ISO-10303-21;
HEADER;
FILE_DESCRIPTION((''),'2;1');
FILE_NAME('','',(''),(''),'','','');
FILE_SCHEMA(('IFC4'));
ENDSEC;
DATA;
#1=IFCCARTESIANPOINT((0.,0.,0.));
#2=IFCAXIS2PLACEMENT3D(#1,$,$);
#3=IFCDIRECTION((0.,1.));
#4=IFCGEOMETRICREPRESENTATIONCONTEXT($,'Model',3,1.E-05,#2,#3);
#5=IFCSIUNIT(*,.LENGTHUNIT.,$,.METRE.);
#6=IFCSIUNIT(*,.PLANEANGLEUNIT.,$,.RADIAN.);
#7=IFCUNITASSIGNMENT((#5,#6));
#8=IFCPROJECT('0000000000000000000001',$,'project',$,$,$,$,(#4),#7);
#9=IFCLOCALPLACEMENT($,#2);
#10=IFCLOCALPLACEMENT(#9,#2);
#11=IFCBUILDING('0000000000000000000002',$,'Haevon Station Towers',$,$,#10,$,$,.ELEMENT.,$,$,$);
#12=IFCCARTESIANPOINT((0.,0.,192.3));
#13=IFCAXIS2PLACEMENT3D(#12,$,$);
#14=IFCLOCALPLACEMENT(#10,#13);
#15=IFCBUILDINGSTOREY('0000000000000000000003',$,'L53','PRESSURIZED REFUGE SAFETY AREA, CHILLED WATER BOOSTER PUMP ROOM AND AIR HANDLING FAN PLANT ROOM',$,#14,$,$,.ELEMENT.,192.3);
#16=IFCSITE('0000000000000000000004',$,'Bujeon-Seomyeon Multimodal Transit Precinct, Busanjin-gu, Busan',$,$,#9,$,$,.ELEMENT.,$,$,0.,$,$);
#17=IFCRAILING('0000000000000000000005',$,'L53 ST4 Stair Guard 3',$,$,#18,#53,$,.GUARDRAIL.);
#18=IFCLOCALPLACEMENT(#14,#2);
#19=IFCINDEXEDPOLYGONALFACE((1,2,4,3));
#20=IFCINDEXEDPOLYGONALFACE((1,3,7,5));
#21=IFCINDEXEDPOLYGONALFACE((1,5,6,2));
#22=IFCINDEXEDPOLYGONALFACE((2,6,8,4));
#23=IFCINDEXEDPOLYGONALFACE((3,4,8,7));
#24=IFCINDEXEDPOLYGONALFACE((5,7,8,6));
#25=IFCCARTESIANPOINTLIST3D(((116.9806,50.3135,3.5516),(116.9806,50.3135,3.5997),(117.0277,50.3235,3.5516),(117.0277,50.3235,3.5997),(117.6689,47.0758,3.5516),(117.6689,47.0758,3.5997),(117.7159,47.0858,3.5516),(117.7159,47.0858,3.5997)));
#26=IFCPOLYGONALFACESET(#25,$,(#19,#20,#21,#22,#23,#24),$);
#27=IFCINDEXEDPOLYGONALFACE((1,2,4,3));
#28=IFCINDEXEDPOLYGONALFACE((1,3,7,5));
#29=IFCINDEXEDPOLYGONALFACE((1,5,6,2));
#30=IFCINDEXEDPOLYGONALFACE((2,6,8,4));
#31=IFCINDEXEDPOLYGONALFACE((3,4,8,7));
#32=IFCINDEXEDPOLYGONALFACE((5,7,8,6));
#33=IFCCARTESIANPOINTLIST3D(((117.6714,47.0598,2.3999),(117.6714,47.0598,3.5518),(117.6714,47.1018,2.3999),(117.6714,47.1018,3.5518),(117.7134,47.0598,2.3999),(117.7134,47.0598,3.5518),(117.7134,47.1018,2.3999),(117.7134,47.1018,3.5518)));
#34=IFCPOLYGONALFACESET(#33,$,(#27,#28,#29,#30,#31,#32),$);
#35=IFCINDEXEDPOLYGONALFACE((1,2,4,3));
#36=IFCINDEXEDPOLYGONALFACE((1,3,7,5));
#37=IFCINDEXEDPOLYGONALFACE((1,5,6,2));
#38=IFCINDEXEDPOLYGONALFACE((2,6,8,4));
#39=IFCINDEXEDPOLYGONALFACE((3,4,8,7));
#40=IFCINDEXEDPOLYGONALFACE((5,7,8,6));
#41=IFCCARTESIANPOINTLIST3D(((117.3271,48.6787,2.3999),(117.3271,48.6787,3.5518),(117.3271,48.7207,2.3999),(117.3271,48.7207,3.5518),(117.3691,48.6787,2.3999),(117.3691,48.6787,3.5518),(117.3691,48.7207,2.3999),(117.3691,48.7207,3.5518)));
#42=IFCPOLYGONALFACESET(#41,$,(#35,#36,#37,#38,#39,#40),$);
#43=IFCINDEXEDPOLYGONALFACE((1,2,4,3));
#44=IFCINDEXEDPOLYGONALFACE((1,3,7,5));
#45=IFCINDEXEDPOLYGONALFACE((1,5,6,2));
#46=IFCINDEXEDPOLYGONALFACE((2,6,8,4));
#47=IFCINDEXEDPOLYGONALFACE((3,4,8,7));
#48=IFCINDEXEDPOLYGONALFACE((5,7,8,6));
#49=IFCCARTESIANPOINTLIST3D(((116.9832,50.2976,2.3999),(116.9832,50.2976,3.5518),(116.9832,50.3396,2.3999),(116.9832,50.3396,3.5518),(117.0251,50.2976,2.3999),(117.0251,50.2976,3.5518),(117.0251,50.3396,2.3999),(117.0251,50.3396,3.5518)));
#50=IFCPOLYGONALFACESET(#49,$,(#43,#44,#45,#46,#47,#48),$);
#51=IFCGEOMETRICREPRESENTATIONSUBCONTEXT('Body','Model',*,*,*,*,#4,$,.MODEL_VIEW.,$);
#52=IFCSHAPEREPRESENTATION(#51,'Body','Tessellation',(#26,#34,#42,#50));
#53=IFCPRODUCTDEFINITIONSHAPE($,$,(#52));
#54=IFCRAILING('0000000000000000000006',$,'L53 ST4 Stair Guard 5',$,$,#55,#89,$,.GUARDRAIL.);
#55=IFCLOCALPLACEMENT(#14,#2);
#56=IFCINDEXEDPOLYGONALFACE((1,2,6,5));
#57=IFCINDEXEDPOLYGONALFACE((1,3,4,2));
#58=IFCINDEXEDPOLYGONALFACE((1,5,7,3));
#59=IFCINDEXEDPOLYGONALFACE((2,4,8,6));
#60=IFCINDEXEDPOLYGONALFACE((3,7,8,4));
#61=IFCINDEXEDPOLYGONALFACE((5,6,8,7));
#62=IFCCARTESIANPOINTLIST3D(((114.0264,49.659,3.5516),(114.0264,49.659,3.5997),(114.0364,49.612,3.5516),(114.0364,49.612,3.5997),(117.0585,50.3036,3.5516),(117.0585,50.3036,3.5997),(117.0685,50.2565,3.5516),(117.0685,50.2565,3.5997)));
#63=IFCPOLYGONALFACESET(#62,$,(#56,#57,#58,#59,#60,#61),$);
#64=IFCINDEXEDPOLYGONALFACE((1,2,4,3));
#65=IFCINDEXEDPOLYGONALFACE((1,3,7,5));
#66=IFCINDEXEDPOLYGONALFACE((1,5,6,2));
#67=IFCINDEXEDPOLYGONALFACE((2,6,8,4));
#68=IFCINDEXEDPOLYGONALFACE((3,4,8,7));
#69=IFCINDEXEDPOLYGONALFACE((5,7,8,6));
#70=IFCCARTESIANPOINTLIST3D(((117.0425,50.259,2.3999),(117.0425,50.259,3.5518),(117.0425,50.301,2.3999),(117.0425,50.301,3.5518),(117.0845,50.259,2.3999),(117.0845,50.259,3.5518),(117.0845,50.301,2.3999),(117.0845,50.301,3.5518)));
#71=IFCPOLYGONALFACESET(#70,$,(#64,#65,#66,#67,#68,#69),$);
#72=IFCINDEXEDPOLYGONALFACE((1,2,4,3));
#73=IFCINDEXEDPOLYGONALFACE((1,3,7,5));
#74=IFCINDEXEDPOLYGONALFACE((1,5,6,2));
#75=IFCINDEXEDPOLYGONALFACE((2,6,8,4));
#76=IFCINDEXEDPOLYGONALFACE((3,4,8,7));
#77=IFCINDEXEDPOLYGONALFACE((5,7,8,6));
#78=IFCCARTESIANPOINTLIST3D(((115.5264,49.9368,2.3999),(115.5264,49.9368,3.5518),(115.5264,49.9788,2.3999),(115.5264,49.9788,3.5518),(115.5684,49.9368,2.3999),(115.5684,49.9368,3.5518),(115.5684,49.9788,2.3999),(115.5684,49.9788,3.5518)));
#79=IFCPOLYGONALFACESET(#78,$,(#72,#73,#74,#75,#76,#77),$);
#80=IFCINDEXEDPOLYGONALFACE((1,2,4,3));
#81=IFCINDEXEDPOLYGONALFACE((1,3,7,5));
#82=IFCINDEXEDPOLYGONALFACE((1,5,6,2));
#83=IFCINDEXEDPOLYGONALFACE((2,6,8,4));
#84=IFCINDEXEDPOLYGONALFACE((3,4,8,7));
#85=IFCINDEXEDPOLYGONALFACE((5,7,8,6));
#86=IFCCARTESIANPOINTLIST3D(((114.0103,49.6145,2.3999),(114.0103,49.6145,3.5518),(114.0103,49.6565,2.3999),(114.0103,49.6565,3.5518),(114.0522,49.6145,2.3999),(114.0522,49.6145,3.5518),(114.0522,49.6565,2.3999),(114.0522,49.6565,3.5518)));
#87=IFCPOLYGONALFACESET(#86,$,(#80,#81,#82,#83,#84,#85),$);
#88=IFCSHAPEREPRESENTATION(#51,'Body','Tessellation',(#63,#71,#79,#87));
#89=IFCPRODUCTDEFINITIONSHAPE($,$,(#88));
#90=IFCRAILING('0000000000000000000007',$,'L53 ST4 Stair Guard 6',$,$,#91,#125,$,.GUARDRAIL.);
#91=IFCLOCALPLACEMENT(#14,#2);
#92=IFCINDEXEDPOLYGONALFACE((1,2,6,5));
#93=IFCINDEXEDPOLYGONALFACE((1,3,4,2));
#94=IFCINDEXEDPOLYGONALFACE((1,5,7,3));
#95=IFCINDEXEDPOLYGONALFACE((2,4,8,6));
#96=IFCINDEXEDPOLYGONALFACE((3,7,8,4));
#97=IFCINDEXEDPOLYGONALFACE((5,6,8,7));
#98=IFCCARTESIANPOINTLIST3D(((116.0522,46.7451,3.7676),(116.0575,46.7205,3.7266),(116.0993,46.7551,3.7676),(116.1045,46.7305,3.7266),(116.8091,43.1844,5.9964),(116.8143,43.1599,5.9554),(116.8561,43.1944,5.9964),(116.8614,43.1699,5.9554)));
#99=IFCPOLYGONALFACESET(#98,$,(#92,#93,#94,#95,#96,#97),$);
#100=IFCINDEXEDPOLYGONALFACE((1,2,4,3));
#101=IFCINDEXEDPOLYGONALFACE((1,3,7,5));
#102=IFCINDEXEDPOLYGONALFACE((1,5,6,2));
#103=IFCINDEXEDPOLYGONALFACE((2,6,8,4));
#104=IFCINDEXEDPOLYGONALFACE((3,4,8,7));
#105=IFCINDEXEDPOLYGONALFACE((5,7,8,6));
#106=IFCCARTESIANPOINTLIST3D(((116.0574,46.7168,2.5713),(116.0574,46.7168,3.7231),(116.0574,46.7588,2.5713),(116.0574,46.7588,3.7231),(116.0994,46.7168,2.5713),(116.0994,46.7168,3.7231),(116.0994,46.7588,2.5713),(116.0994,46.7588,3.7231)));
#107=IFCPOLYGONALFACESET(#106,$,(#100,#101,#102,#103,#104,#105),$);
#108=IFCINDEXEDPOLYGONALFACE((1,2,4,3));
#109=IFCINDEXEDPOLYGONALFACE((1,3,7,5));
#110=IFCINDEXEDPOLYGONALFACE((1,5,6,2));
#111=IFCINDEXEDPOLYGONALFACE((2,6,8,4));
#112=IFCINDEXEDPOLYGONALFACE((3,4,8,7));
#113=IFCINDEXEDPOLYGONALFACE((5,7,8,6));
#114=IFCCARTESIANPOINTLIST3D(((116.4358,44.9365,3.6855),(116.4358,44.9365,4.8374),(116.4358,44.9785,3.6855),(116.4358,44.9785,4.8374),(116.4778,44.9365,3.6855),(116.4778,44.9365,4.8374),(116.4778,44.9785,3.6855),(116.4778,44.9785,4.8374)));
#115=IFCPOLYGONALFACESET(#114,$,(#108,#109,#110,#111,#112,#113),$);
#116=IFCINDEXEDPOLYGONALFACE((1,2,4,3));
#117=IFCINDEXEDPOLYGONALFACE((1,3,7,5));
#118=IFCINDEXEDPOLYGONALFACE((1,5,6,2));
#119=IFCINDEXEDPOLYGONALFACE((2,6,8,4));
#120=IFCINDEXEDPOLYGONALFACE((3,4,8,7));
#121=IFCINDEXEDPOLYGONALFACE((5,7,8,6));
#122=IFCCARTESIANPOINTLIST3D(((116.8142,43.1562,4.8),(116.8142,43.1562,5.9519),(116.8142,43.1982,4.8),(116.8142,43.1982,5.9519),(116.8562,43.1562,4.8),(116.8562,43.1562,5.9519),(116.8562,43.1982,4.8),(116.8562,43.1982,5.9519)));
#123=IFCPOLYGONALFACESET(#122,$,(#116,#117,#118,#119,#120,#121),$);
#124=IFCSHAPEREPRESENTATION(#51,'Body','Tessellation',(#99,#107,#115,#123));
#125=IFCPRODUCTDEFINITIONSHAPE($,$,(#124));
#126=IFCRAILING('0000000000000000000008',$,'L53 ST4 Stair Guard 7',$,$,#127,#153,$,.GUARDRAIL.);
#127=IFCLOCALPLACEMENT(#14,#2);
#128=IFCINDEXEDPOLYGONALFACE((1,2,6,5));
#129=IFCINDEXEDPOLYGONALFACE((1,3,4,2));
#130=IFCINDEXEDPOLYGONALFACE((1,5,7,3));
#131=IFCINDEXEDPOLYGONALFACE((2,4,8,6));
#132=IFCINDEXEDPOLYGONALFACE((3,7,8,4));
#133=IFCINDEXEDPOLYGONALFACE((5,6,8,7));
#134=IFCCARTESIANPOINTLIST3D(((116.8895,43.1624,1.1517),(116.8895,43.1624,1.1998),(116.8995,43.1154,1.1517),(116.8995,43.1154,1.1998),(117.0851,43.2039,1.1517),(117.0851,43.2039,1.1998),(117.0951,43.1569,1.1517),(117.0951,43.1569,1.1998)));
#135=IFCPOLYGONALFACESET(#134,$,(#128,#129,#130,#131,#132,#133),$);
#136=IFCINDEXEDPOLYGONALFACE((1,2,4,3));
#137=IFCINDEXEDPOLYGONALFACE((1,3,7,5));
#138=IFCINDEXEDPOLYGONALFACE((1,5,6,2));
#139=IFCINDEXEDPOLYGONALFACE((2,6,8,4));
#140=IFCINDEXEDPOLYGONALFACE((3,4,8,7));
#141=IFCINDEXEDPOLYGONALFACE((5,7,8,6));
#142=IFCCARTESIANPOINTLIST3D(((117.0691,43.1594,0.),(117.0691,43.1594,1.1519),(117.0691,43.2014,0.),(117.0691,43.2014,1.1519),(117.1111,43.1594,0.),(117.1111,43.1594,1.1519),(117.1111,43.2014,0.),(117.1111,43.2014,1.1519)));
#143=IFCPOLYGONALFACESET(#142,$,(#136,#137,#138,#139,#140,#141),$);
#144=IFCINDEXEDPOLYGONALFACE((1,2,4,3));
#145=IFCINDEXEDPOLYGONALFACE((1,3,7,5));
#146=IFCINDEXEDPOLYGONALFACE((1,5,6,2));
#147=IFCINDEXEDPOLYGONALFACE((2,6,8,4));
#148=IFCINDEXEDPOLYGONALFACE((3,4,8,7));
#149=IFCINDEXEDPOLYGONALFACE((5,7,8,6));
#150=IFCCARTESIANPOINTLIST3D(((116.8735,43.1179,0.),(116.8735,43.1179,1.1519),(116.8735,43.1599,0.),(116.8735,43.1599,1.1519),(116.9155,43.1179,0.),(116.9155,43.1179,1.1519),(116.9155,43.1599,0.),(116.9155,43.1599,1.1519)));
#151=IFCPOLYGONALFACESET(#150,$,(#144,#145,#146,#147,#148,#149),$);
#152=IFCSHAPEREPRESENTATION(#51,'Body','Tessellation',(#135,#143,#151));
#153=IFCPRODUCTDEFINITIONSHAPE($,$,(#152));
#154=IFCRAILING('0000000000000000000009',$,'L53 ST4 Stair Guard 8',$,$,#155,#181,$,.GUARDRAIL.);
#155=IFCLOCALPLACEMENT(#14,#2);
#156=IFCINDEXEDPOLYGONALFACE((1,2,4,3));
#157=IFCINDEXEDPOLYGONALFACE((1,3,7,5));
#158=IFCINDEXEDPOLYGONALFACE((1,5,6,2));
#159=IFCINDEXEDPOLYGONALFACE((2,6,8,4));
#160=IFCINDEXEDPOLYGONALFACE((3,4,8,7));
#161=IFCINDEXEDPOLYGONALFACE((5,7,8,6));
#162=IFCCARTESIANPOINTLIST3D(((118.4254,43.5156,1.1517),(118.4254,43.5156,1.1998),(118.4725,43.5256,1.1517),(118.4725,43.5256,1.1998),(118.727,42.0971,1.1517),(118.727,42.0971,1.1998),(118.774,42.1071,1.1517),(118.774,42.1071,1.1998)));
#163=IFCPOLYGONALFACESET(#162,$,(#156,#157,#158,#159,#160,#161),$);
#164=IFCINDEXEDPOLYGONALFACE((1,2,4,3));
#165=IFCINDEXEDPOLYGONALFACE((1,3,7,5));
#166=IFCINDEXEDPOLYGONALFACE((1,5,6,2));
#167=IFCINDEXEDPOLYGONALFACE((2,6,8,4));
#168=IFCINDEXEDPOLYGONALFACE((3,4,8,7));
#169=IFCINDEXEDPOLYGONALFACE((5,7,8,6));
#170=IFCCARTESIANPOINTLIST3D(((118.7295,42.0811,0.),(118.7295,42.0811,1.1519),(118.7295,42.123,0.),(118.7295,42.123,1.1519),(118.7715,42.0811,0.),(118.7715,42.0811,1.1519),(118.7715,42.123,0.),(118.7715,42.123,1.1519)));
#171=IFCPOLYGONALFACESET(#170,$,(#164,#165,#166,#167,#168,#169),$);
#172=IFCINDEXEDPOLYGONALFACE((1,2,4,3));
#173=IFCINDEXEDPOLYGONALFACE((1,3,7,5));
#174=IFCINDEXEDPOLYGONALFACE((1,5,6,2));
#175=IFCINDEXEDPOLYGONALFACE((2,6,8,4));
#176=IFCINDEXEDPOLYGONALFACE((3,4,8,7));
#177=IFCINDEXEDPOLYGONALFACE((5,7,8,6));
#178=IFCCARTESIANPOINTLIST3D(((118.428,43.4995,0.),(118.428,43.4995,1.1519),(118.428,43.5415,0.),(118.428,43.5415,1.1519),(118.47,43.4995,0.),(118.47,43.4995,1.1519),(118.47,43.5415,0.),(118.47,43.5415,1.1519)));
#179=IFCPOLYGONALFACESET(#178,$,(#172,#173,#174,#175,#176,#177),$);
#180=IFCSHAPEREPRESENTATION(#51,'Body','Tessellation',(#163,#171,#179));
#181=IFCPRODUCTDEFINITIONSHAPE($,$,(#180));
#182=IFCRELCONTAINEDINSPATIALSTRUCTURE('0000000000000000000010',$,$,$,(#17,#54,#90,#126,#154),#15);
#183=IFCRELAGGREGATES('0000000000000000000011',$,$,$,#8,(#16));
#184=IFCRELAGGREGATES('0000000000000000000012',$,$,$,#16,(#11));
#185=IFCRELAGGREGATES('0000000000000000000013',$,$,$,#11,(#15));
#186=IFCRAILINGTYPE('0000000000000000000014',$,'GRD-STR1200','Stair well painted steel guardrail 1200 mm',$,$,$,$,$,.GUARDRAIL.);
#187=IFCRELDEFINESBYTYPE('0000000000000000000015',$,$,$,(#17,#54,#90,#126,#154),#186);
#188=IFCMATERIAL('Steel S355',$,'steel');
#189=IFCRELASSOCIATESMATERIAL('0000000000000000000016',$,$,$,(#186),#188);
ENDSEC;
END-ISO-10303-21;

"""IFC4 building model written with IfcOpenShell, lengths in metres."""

from ifc_helpers import new_model, si_unit, direction, frame, origin, origin_2d, place, context, subcontext, project, spatial, rectangle, extrude, material, type_object, element, save


model = new_model("IFC4")

# Units and contexts
model_context = context("Model", 3, precision=1e-05, world=origin(), true_north=direction((0.0, 1.0)))
body_context = subcontext(model_context, "Body", "Model", "MODEL_VIEW")
ifc_project = project(units=[si_unit("LENGTHUNIT", "METRE"), si_unit("PLANEANGLEUNIT", "RADIAN")], contexts=[model_context])

# Site, building, storey
site_placement = place(None, origin())
site = spatial("IfcSite", under=ifc_project, at=site_placement, Name="Bujeon-Seomyeon Multimodal Transit Precinct, Busanjin-gu, Busan", CompositionType="ELEMENT", RefElevation=0.0)
building_placement = place(site_placement, origin())
building = spatial("IfcBuilding", under=site, at=building_placement, Name="Haevon Station Towers", CompositionType="ELEMENT")
storey_placement = place(building_placement, frame((0.0, 0.0, 192.3)))
storey = spatial("IfcBuildingStorey", under=building, at=storey_placement, Name="L53", Description="PRESSURIZED REFUGE SAFETY AREA, CHILLED WATER BOOSTER PUMP ROOM AND AIR HANDLING FAN PLANT ROOM", CompositionType="ELEMENT", Elevation=192.3)

# Shared definitions
ifc_material_1 = material(Name="Steel S355", Category="steel")

# Railings
railing_type_1 = type_object("IfcRailingType", Name="GRD-STR1200", Description="Stair well painted steel guardrail 1200 mm", PredefinedType="GUARDRAIL", material=ifc_material_1)
railing_1_placement = place(storey_placement, frame((117.6924, 47.0808, 2.3999)))
element("IfcRailing", 1, at=railing_1_placement, inside=storey, type_object=railing_type_1, Name="L53 ST4 Stair Guard 3", PredefinedType="GUARDRAIL", context=body_context, shape_type="SweptSolid", body=[
    extrude(rectangle(XDim=0.0481, YDim=0.0481, at=origin_2d()), frame((0.0, 0.0, 1.1758), z_axis=(-0.207917, 0.978146, 0.0), x_axis=(-0.978146, -0.207917, 0.0)), (0.0, 0.0, 1.0), 3.3101),
    extrude(rectangle(XDim=0.042, YDim=0.042, at=origin_2d()), origin(), (0.0, 0.0, 1.0), 1.1519),
    extrude(rectangle(XDim=0.042, YDim=0.042, at=origin_2d()), frame((-0.3442, 1.6189, 0.0)), (0.0, 0.0, 1.0), 1.1519),
    extrude(rectangle(XDim=0.042, YDim=0.042, at=origin_2d()), frame((-0.6882, 3.2378, 0.0)), (0.0, 0.0, 1.0), 1.1519),
])
railing_2_placement = place(storey_placement, frame((117.0635, 50.28, 2.3999)))
element("IfcRailing", 2, at=railing_2_placement, inside=storey, type_object=railing_type_1, Name="L53 ST4 Stair Guard 5", PredefinedType="GUARDRAIL", context=body_context, shape_type="SweptSolid", body=[
    extrude(rectangle(XDim=0.0481, YDim=0.0481, at=origin_2d()), frame((0.0, 0.0, 1.1758), z_axis=(-0.978147, -0.207915, 0.0), x_axis=(0.207915, -0.978147, 0.0)), (0.0, 0.0, 1.0), 3.0999),
    extrude(rectangle(XDim=0.042, YDim=0.042, at=origin_2d()), origin(), (0.0, 0.0, 1.0), 1.1519),
    extrude(rectangle(XDim=0.042, YDim=0.042, at=origin_2d()), frame((-1.5161, -0.3223, 0.0)), (0.0, 0.0, 1.0), 1.1519),
    extrude(rectangle(XDim=0.042, YDim=0.042, at=origin_2d()), frame((-3.0322, -0.6445, 0.0)), (0.0, 0.0, 1.0), 1.1519),
])
railing_3_placement = place(storey_placement, frame((116.0784, 46.7378, 2.5713)))
element("IfcRailing", 3, at=railing_3_placement, inside=storey, type_object=railing_type_1, Name="L53 ST4 Stair Guard 6", PredefinedType="GUARDRAIL", context=body_context, shape_type="SweptSolid", body=[
    extrude(rectangle(XDim=0.0481, YDim=0.0481, at=origin_2d()), frame((0.0, 0.0, 1.1758), z_axis=(0.177319, -0.8342, 0.522176), x_axis=(0.978147, 0.207917, 0.0)), (0.0, 0.0, 1.0), 4.2683),
    extrude(rectangle(XDim=0.042, YDim=0.042, at=origin_2d()), origin(), (0.0, 0.0, 1.0), 1.1519),
    extrude(rectangle(XDim=0.042, YDim=0.042, at=origin_2d()), frame((0.3784, -1.7803, 1.1143)), (0.0, 0.0, 1.0), 1.1519),
    extrude(rectangle(XDim=0.042, YDim=0.042, at=origin_2d()), frame((0.7568, -3.5605, 2.2288)), (0.0, 0.0, 1.0), 1.1519),
])
railing_4_placement = place(storey_placement, frame((117.0901, 43.1804, 0.0)))
element("IfcRailing", 4, at=railing_4_placement, inside=storey, type_object=railing_type_1, Name="L53 ST4 Stair Guard 7", PredefinedType="GUARDRAIL", context=body_context, shape_type="SweptSolid", body=[
    extrude(rectangle(XDim=0.0481, YDim=0.0481, at=origin_2d()), frame((0.0, 0.0, 1.1758), z_axis=(-0.978212, -0.20761, 0.0), x_axis=(0.20761, -0.978212, 0.0)), (0.0, 0.0, 1.0), 0.2),
    extrude(rectangle(XDim=0.042, YDim=0.042, at=origin_2d()), origin(), (0.0, 0.0, 1.0), 1.1519),
    extrude(rectangle(XDim=0.042, YDim=0.042, at=origin_2d()), frame((-0.1956, -0.0415, 0.0)), (0.0, 0.0, 1.0), 1.1519),
])
railing_5_placement = place(storey_placement, frame((118.7505, 42.1021, 0.0)))
element("IfcRailing", 5, at=railing_5_placement, inside=storey, type_object=railing_type_1, Name="L53 ST4 Stair Guard 8", PredefinedType="GUARDRAIL", context=body_context, shape_type="SweptSolid", body=[
    extrude(rectangle(XDim=0.0481, YDim=0.0481, at=origin_2d()), frame((0.0, 0.0, 1.1758), z_axis=(-0.207919, 0.978146, 0.0), x_axis=(-0.978146, -0.207919, 0.0)), (0.0, 0.0, 1.0), 1.4502),
    extrude(rectangle(XDim=0.042, YDim=0.042, at=origin_2d()), origin(), (0.0, 0.0, 1.0), 1.1519),
    extrude(rectangle(XDim=0.042, YDim=0.042, at=origin_2d()), frame((-0.3015, 1.4185, 0.0)), (0.0, 0.0, 1.0), 1.1519),
])

save(model, "model.ifc")
